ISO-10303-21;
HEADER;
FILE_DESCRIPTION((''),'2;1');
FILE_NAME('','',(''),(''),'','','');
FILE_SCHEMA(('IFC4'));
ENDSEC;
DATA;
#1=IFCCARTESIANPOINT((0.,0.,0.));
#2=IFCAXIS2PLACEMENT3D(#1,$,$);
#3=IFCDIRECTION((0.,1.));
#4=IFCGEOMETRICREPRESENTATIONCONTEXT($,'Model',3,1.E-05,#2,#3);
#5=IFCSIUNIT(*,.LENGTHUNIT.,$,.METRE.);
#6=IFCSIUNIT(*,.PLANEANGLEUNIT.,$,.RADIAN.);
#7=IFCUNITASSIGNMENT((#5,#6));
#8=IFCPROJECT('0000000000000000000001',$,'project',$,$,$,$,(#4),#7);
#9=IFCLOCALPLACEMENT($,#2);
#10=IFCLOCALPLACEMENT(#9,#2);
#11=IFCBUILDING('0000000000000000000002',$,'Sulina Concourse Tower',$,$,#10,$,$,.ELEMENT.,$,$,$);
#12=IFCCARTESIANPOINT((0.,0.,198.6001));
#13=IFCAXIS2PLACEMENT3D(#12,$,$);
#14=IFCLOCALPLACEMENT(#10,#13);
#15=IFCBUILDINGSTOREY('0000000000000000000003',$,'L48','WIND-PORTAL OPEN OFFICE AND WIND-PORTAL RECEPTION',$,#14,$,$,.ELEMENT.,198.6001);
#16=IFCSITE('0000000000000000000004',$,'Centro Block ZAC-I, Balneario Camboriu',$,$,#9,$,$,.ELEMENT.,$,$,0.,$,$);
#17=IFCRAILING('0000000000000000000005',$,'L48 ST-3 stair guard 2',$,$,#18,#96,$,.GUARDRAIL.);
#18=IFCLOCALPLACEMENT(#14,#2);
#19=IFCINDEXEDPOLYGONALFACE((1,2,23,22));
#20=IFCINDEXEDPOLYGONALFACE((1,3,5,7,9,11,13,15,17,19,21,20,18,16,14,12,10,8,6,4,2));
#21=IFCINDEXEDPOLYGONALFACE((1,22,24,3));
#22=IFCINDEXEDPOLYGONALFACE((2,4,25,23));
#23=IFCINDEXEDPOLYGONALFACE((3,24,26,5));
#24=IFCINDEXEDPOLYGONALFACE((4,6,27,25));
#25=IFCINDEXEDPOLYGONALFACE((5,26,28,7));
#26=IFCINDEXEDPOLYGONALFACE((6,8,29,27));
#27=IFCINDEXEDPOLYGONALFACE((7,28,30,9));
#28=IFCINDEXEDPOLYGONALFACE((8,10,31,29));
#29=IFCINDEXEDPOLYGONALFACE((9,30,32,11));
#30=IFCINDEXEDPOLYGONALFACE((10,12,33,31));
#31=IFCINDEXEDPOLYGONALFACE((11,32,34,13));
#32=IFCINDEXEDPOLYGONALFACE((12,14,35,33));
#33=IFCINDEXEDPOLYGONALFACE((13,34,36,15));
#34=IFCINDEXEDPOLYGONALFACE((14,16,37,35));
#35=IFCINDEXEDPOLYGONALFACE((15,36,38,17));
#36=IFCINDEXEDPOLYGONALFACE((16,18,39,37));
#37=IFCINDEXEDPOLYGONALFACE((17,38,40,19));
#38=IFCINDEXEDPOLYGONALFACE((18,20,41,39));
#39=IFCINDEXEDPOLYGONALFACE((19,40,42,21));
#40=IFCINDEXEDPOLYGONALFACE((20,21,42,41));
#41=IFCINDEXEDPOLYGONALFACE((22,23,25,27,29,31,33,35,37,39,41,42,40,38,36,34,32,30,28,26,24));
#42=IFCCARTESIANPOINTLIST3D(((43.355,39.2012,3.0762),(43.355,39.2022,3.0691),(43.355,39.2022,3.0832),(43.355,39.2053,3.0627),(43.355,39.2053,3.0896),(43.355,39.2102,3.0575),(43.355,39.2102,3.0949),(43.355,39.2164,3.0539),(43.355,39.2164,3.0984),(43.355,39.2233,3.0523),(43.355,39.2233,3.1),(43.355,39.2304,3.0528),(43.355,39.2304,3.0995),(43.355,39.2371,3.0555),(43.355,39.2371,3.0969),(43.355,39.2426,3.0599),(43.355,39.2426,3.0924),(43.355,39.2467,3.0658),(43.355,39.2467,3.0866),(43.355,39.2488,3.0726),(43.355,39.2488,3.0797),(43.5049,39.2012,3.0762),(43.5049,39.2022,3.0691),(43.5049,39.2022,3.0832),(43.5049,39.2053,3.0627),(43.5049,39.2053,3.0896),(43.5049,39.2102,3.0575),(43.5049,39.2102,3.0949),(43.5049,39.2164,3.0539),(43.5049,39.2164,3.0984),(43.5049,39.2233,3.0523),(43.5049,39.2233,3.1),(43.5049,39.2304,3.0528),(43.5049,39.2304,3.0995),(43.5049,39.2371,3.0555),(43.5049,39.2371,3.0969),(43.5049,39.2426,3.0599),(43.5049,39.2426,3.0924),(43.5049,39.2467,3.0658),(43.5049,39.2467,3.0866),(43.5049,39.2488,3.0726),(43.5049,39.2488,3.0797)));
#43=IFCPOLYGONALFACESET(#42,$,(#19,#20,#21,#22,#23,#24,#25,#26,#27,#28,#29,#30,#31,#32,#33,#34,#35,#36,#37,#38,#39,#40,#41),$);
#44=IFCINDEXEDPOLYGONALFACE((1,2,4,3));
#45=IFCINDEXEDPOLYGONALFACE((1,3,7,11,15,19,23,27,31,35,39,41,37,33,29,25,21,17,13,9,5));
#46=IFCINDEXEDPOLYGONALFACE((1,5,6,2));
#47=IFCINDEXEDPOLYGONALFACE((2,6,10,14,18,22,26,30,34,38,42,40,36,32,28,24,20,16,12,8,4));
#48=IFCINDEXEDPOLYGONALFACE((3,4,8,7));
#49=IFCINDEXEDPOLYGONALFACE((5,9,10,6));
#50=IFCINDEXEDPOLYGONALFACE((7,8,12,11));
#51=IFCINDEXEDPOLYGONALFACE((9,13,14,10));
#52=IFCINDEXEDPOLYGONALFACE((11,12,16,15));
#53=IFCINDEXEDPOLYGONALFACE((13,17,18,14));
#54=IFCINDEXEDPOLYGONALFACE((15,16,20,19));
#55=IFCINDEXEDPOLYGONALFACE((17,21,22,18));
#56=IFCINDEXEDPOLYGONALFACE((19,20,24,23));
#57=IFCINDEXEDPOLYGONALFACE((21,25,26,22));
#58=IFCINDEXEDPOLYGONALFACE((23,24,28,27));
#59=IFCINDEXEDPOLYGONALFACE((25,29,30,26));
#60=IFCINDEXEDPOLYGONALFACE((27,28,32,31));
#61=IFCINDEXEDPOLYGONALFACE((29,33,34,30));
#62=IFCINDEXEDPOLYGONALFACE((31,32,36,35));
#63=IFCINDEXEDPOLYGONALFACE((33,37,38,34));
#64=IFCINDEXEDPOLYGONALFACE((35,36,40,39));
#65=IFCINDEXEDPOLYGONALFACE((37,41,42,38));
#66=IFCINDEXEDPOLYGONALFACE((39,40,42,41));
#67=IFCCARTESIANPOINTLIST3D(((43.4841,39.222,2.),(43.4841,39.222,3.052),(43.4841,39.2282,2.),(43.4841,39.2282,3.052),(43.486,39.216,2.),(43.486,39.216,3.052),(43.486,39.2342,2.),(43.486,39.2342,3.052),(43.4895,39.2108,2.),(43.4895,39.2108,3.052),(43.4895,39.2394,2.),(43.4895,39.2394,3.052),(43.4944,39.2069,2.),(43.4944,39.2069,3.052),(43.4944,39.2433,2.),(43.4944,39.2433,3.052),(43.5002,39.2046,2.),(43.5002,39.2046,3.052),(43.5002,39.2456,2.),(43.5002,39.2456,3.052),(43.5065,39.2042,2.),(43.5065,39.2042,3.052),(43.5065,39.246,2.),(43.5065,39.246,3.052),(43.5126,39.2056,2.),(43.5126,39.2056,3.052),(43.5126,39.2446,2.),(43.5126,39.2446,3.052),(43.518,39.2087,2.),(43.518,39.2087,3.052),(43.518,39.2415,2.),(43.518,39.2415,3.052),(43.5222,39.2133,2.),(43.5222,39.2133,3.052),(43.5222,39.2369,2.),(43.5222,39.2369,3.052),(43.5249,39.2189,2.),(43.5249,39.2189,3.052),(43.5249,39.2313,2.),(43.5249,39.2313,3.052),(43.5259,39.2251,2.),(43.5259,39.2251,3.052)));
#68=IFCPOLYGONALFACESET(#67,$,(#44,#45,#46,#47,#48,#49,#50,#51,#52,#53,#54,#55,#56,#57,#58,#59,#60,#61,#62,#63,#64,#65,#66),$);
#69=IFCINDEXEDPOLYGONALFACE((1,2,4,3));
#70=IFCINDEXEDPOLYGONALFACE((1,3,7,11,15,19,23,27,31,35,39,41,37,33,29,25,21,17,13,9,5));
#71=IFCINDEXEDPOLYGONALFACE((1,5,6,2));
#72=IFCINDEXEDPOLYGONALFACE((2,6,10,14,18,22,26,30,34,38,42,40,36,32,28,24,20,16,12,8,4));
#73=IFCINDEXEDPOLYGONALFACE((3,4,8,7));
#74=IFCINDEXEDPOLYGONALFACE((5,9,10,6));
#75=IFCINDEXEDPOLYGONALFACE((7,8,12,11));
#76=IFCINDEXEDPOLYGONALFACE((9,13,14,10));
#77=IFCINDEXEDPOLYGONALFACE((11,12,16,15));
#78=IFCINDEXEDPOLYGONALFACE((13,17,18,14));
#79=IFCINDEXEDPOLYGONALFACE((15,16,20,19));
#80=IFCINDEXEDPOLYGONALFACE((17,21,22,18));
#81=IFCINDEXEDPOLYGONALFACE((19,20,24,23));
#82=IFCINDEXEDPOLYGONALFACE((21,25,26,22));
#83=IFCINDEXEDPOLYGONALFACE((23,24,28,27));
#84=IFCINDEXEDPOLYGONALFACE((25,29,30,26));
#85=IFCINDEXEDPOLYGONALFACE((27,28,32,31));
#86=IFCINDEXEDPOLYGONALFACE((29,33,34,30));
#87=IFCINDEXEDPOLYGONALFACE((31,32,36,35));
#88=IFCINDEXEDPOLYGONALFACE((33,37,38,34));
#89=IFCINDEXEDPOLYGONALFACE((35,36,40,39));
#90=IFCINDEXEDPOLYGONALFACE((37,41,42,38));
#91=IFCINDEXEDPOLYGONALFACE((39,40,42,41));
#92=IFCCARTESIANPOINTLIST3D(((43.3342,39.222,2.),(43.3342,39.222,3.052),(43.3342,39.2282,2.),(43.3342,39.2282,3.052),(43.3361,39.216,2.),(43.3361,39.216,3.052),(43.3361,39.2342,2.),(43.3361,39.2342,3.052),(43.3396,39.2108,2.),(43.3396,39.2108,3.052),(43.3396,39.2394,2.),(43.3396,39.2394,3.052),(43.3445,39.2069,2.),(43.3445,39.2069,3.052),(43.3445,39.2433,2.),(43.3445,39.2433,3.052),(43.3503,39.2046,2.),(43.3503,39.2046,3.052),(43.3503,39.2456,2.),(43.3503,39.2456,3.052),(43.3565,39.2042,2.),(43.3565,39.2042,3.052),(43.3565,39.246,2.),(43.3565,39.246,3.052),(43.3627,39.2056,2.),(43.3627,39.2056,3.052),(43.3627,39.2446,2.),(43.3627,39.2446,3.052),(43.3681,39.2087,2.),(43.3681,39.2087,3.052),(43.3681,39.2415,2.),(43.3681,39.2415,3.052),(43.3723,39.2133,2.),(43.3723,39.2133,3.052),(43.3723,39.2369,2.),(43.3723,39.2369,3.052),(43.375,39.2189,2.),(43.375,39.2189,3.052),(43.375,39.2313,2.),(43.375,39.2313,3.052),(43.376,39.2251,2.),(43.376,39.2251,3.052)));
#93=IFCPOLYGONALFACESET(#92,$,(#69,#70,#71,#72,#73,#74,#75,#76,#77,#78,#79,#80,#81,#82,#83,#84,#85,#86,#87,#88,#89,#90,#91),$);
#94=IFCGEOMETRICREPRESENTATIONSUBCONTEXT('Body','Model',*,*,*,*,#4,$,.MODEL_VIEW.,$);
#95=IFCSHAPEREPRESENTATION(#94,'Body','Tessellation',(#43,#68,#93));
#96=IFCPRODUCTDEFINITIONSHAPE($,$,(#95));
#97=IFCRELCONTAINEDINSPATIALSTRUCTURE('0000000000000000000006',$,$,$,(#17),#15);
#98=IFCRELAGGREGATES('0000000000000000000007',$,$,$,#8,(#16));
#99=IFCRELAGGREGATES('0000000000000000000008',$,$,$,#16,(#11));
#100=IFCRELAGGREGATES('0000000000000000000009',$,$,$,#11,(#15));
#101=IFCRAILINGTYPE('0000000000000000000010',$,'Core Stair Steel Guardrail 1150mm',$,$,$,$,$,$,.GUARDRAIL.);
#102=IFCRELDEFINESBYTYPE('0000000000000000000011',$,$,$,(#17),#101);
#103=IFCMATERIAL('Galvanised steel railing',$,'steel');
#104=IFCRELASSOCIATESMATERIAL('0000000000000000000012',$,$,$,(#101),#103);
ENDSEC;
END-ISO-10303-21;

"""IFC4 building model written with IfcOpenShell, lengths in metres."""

from ifc_helpers import new_model, si_unit, direction, frame, origin, origin_2d, place, context, subcontext, project, spatial, circle, extrude, material, type_object, element, save


model = new_model("IFC4")

# Units and contexts
model_context = context("Model", 3, precision=1e-05, world=origin(), true_north=direction((0.0, 1.0)))
body_context = subcontext(model_context, "Body", "Model", "MODEL_VIEW")
ifc_project = project(units=[si_unit("LENGTHUNIT", "METRE"), si_unit("PLANEANGLEUNIT", "RADIAN")], contexts=[model_context])

# Site, building, storey
site_placement = place(None, origin())
site = spatial("IfcSite", under=ifc_project, at=site_placement, Name="Centro Block ZAC-I, Balneario Camboriu", CompositionType="ELEMENT", RefElevation=0.0)
building_placement = place(site_placement, origin())
building = spatial("IfcBuilding", under=site, at=building_placement, Name="Sulina Concourse Tower", CompositionType="ELEMENT")
storey_placement = place(building_placement, frame((0.0, 0.0, 198.6001)))
storey = spatial("IfcBuildingStorey", under=building, at=storey_placement, Name="L48", Description="WIND-PORTAL OPEN OFFICE AND WIND-PORTAL RECEPTION", CompositionType="ELEMENT", Elevation=198.6001)

# Railing
ifc_material_1 = material(Name="Galvanised steel railing", Category="steel")
railing_type_1 = type_object("IfcRailingType", Name="Core Stair Steel Guardrail 1150mm", PredefinedType="GUARDRAIL", material=ifc_material_1)
railing_1_placement = place(storey_placement, frame((43.5049, 39.2251, 2.0)))
element("IfcRailing", 1, at=railing_1_placement, inside=storey, type_object=railing_type_1, Name="L48 ST-3 stair guard 2", PredefinedType="GUARDRAIL", context=body_context, shape_type="SweptSolid", body=[
    extrude(circle(Radius=0.0239, at=origin_2d()), frame((0.0, 0.0, 1.0762), z_axis=(-1.0, 0.0, 0.0), x_axis=(0.0, -1.0, 0.0)), (0.0, 0.0, 1.0), 0.1499),
    extrude(circle(Radius=0.021, at=origin_2d()), origin(), (0.0, 0.0, 1.0), 1.052),
    extrude(circle(Radius=0.021, at=origin_2d()), frame((-0.1499, 0.0, 0.0)), (0.0, 0.0, 1.0), 1.052),
])

save(model, "model.ifc")
